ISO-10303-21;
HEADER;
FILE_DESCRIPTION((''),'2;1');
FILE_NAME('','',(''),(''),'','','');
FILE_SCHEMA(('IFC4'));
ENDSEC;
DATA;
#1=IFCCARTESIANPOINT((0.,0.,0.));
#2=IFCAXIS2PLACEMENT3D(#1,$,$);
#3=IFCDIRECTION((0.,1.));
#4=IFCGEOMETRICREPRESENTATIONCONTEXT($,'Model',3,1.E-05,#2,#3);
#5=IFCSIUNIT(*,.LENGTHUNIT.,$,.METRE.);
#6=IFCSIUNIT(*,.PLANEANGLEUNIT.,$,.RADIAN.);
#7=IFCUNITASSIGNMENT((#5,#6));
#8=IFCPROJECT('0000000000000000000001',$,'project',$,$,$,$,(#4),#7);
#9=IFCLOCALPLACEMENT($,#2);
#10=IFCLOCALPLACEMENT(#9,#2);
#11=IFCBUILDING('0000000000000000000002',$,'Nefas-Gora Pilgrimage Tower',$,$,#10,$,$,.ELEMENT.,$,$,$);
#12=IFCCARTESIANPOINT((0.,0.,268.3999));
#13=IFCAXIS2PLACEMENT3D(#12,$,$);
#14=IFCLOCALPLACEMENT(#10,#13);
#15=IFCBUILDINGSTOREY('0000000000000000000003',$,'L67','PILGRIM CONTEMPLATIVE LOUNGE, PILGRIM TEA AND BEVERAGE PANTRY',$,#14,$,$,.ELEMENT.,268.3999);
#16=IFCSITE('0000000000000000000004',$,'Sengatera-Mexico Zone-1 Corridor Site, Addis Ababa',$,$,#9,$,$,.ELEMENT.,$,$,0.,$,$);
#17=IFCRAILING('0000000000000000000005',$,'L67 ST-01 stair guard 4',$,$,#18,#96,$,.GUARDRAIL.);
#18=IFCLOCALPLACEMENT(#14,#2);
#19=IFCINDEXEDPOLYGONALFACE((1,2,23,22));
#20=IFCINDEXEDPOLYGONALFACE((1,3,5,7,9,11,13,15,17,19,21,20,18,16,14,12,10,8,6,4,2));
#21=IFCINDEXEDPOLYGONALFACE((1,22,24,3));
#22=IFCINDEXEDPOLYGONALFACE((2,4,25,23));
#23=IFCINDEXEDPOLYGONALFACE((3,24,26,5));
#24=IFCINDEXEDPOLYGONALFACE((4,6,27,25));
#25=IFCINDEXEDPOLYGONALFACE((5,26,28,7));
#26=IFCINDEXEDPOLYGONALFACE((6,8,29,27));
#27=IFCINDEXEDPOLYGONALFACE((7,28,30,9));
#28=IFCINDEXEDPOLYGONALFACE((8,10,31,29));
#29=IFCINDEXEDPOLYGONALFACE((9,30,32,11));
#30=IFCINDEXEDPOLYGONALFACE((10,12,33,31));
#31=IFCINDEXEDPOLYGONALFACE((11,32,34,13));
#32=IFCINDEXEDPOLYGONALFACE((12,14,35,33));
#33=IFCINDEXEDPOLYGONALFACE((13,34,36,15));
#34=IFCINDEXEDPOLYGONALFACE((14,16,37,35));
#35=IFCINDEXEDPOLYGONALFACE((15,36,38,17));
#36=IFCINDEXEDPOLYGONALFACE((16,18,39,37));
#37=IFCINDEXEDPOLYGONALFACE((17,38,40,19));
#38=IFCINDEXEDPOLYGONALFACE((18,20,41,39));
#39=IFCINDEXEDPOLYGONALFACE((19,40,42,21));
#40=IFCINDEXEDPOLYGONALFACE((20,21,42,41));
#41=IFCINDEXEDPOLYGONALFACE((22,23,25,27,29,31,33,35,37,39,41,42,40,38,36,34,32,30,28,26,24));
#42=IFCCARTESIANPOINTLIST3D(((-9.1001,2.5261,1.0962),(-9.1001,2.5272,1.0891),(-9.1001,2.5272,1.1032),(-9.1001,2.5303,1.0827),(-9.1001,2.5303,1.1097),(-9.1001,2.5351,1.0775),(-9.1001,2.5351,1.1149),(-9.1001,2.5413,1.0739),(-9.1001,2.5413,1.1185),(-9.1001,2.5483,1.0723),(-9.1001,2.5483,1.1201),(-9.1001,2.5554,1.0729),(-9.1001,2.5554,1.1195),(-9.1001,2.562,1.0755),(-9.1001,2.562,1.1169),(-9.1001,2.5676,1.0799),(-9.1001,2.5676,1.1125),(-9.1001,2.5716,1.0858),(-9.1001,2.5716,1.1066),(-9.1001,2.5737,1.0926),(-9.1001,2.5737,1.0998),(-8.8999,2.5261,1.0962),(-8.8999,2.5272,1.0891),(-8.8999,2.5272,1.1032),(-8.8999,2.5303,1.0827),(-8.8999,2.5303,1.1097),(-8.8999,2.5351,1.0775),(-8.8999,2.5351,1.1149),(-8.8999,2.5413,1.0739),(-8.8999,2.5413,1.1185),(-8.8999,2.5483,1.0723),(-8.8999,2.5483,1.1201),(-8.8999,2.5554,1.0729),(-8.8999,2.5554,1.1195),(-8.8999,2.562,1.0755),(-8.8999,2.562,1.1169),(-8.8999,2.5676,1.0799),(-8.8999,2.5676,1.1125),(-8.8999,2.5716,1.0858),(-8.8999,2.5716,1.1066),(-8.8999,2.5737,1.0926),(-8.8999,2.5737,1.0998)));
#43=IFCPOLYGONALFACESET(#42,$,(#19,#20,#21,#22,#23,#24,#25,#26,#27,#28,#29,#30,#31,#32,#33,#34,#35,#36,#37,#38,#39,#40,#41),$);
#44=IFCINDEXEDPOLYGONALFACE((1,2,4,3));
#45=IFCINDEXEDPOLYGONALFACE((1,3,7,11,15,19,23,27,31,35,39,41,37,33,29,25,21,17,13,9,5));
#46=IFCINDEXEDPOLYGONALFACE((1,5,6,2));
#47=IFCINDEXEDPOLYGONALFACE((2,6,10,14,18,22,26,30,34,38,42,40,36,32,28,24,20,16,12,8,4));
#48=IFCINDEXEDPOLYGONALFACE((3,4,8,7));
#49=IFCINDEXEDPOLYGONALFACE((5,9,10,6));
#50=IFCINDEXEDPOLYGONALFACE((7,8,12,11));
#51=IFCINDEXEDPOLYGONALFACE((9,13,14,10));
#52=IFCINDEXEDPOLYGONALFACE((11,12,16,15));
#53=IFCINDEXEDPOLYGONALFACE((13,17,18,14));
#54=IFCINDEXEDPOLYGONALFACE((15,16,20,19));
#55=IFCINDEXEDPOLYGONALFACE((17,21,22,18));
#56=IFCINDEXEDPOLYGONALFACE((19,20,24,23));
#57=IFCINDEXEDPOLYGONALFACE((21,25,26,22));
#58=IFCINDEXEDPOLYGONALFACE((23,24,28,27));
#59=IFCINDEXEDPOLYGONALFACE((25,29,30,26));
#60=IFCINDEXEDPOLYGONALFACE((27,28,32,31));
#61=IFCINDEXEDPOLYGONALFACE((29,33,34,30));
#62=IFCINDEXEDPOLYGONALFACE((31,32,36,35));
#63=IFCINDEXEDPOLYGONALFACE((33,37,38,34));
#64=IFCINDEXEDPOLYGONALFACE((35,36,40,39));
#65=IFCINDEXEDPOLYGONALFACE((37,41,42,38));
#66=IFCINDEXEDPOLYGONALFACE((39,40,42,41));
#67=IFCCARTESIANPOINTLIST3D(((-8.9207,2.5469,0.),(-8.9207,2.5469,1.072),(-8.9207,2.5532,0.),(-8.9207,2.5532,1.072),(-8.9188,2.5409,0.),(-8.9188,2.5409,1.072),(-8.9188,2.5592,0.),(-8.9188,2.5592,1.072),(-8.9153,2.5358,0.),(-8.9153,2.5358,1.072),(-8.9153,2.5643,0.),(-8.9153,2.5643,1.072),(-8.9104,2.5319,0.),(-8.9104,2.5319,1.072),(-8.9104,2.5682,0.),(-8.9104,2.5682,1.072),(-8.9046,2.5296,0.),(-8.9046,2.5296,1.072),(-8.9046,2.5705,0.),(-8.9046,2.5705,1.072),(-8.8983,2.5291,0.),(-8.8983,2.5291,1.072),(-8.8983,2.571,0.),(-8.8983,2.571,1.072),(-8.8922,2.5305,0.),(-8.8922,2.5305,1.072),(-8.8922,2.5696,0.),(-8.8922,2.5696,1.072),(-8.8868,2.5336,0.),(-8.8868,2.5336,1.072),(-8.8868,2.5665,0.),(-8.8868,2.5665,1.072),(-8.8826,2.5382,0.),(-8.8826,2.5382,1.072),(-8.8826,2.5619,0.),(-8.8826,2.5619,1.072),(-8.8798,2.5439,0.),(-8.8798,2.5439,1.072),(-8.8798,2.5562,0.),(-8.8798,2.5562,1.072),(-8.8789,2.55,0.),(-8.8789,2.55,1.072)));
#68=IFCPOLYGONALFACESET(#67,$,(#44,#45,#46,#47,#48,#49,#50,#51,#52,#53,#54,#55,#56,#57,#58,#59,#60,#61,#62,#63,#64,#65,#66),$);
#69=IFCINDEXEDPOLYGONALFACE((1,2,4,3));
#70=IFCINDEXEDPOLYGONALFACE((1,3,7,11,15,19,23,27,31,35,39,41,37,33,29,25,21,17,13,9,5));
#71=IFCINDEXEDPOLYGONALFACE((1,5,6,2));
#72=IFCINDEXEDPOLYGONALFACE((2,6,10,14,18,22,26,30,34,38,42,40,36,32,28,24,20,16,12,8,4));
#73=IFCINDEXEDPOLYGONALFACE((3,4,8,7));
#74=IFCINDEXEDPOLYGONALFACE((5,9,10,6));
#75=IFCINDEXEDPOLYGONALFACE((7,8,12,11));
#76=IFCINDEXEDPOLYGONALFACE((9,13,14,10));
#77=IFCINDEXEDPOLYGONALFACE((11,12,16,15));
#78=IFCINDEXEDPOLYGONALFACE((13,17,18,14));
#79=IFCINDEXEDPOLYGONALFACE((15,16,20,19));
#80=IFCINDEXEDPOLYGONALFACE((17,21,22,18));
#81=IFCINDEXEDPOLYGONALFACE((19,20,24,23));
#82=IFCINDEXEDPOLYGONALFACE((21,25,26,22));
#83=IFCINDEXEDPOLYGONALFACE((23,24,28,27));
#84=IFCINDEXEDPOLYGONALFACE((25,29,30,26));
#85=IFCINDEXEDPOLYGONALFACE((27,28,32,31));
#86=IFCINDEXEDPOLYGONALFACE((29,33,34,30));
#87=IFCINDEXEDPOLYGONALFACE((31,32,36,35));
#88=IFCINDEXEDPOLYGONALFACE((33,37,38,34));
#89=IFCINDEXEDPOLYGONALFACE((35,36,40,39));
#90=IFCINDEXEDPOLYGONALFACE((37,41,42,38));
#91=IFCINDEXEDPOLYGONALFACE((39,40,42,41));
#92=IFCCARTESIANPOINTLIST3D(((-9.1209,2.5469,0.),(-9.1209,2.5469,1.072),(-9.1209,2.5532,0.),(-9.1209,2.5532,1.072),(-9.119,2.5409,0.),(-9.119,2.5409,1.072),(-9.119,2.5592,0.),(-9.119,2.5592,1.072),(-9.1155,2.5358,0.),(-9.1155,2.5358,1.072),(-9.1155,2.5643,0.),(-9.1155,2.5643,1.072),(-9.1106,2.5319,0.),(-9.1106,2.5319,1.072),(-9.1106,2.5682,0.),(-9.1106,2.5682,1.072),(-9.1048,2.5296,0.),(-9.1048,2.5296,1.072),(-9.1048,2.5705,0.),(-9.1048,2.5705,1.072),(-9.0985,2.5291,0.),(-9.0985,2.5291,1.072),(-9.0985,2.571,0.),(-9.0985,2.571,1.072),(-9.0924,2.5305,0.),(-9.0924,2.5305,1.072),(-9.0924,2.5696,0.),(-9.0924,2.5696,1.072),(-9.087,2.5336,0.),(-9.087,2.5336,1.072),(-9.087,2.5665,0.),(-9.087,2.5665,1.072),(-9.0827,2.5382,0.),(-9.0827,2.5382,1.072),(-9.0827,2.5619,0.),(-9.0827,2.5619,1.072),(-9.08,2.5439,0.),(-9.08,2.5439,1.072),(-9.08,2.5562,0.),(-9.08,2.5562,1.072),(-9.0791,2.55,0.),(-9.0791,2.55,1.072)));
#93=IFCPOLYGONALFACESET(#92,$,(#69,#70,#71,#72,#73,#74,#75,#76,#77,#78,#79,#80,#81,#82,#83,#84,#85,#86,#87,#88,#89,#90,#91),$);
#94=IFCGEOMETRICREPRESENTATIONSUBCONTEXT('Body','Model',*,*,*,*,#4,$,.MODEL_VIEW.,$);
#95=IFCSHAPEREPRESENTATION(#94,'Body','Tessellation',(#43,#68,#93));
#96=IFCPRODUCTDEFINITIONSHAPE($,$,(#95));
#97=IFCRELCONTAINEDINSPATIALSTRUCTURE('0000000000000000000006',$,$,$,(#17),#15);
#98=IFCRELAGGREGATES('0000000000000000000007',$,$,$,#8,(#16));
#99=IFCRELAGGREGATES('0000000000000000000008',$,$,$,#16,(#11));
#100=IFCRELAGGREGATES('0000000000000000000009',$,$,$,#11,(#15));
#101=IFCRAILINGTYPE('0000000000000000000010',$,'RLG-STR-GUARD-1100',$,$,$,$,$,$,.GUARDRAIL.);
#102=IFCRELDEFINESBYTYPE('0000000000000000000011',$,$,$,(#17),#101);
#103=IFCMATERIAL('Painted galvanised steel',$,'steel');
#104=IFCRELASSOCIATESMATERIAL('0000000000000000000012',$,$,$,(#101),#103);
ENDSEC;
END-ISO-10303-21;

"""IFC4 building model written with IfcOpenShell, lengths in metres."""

from ifc_helpers import new_model, si_unit, direction, frame, origin, origin_2d, place, context, subcontext, project, spatial, circle, extrude, material, type_object, element, save


model = new_model("IFC4")

# Units and contexts
model_context = context("Model", 3, precision=1e-05, world=origin(), true_north=direction((0.0, 1.0)))
body_context = subcontext(model_context, "Body", "Model", "MODEL_VIEW")
ifc_project = project(units=[si_unit("LENGTHUNIT", "METRE"), si_unit("PLANEANGLEUNIT", "RADIAN")], contexts=[model_context])

# Site, building, storey
site_placement = place(None, origin())
site = spatial("IfcSite", under=ifc_project, at=site_placement, Name="Sengatera-Mexico Zone-1 Corridor Site, Addis Ababa", CompositionType="ELEMENT", RefElevation=0.0)
building_placement = place(site_placement, origin())
building = spatial("IfcBuilding", under=site, at=building_placement, Name="Nefas-Gora Pilgrimage Tower", CompositionType="ELEMENT")
storey_placement = place(building_placement, frame((0.0, 0.0, 268.3999)))
storey = spatial("IfcBuildingStorey", under=building, at=storey_placement, Name="L67", Description="PILGRIM CONTEMPLATIVE LOUNGE, PILGRIM TEA AND BEVERAGE PANTRY", CompositionType="ELEMENT", Elevation=268.3999)

# Railing
ifc_material_1 = material(Name="Painted galvanised steel", Category="steel")
railing_type_1 = type_object("IfcRailingType", Name="RLG-STR-GUARD-1100", PredefinedType="GUARDRAIL", material=ifc_material_1)
railing_1_placement = place(storey_placement, frame((-8.8999, 2.55, 0.0)))
element("IfcRailing", 1, at=railing_1_placement, inside=storey, type_object=railing_type_1, Name="L67 ST-01 stair guard 4", PredefinedType="GUARDRAIL", context=body_context, shape_type="SweptSolid", body=[
    extrude(circle(Radius=0.0239, at=origin_2d()), frame((0.0, 0.0, 1.0962), z_axis=(-1.0, 0.0, 0.0), x_axis=(0.0, -1.0, 0.0)), (0.0, 0.0, 1.0), 0.2002),
    extrude(circle(Radius=0.021, at=origin_2d()), origin(), (0.0, 0.0, 1.0), 1.072),
    extrude(circle(Radius=0.021, at=origin_2d()), frame((-0.2002, 0.0, 0.0)), (0.0, 0.0, 1.0), 1.072),
])

save(model, "model.ifc")
